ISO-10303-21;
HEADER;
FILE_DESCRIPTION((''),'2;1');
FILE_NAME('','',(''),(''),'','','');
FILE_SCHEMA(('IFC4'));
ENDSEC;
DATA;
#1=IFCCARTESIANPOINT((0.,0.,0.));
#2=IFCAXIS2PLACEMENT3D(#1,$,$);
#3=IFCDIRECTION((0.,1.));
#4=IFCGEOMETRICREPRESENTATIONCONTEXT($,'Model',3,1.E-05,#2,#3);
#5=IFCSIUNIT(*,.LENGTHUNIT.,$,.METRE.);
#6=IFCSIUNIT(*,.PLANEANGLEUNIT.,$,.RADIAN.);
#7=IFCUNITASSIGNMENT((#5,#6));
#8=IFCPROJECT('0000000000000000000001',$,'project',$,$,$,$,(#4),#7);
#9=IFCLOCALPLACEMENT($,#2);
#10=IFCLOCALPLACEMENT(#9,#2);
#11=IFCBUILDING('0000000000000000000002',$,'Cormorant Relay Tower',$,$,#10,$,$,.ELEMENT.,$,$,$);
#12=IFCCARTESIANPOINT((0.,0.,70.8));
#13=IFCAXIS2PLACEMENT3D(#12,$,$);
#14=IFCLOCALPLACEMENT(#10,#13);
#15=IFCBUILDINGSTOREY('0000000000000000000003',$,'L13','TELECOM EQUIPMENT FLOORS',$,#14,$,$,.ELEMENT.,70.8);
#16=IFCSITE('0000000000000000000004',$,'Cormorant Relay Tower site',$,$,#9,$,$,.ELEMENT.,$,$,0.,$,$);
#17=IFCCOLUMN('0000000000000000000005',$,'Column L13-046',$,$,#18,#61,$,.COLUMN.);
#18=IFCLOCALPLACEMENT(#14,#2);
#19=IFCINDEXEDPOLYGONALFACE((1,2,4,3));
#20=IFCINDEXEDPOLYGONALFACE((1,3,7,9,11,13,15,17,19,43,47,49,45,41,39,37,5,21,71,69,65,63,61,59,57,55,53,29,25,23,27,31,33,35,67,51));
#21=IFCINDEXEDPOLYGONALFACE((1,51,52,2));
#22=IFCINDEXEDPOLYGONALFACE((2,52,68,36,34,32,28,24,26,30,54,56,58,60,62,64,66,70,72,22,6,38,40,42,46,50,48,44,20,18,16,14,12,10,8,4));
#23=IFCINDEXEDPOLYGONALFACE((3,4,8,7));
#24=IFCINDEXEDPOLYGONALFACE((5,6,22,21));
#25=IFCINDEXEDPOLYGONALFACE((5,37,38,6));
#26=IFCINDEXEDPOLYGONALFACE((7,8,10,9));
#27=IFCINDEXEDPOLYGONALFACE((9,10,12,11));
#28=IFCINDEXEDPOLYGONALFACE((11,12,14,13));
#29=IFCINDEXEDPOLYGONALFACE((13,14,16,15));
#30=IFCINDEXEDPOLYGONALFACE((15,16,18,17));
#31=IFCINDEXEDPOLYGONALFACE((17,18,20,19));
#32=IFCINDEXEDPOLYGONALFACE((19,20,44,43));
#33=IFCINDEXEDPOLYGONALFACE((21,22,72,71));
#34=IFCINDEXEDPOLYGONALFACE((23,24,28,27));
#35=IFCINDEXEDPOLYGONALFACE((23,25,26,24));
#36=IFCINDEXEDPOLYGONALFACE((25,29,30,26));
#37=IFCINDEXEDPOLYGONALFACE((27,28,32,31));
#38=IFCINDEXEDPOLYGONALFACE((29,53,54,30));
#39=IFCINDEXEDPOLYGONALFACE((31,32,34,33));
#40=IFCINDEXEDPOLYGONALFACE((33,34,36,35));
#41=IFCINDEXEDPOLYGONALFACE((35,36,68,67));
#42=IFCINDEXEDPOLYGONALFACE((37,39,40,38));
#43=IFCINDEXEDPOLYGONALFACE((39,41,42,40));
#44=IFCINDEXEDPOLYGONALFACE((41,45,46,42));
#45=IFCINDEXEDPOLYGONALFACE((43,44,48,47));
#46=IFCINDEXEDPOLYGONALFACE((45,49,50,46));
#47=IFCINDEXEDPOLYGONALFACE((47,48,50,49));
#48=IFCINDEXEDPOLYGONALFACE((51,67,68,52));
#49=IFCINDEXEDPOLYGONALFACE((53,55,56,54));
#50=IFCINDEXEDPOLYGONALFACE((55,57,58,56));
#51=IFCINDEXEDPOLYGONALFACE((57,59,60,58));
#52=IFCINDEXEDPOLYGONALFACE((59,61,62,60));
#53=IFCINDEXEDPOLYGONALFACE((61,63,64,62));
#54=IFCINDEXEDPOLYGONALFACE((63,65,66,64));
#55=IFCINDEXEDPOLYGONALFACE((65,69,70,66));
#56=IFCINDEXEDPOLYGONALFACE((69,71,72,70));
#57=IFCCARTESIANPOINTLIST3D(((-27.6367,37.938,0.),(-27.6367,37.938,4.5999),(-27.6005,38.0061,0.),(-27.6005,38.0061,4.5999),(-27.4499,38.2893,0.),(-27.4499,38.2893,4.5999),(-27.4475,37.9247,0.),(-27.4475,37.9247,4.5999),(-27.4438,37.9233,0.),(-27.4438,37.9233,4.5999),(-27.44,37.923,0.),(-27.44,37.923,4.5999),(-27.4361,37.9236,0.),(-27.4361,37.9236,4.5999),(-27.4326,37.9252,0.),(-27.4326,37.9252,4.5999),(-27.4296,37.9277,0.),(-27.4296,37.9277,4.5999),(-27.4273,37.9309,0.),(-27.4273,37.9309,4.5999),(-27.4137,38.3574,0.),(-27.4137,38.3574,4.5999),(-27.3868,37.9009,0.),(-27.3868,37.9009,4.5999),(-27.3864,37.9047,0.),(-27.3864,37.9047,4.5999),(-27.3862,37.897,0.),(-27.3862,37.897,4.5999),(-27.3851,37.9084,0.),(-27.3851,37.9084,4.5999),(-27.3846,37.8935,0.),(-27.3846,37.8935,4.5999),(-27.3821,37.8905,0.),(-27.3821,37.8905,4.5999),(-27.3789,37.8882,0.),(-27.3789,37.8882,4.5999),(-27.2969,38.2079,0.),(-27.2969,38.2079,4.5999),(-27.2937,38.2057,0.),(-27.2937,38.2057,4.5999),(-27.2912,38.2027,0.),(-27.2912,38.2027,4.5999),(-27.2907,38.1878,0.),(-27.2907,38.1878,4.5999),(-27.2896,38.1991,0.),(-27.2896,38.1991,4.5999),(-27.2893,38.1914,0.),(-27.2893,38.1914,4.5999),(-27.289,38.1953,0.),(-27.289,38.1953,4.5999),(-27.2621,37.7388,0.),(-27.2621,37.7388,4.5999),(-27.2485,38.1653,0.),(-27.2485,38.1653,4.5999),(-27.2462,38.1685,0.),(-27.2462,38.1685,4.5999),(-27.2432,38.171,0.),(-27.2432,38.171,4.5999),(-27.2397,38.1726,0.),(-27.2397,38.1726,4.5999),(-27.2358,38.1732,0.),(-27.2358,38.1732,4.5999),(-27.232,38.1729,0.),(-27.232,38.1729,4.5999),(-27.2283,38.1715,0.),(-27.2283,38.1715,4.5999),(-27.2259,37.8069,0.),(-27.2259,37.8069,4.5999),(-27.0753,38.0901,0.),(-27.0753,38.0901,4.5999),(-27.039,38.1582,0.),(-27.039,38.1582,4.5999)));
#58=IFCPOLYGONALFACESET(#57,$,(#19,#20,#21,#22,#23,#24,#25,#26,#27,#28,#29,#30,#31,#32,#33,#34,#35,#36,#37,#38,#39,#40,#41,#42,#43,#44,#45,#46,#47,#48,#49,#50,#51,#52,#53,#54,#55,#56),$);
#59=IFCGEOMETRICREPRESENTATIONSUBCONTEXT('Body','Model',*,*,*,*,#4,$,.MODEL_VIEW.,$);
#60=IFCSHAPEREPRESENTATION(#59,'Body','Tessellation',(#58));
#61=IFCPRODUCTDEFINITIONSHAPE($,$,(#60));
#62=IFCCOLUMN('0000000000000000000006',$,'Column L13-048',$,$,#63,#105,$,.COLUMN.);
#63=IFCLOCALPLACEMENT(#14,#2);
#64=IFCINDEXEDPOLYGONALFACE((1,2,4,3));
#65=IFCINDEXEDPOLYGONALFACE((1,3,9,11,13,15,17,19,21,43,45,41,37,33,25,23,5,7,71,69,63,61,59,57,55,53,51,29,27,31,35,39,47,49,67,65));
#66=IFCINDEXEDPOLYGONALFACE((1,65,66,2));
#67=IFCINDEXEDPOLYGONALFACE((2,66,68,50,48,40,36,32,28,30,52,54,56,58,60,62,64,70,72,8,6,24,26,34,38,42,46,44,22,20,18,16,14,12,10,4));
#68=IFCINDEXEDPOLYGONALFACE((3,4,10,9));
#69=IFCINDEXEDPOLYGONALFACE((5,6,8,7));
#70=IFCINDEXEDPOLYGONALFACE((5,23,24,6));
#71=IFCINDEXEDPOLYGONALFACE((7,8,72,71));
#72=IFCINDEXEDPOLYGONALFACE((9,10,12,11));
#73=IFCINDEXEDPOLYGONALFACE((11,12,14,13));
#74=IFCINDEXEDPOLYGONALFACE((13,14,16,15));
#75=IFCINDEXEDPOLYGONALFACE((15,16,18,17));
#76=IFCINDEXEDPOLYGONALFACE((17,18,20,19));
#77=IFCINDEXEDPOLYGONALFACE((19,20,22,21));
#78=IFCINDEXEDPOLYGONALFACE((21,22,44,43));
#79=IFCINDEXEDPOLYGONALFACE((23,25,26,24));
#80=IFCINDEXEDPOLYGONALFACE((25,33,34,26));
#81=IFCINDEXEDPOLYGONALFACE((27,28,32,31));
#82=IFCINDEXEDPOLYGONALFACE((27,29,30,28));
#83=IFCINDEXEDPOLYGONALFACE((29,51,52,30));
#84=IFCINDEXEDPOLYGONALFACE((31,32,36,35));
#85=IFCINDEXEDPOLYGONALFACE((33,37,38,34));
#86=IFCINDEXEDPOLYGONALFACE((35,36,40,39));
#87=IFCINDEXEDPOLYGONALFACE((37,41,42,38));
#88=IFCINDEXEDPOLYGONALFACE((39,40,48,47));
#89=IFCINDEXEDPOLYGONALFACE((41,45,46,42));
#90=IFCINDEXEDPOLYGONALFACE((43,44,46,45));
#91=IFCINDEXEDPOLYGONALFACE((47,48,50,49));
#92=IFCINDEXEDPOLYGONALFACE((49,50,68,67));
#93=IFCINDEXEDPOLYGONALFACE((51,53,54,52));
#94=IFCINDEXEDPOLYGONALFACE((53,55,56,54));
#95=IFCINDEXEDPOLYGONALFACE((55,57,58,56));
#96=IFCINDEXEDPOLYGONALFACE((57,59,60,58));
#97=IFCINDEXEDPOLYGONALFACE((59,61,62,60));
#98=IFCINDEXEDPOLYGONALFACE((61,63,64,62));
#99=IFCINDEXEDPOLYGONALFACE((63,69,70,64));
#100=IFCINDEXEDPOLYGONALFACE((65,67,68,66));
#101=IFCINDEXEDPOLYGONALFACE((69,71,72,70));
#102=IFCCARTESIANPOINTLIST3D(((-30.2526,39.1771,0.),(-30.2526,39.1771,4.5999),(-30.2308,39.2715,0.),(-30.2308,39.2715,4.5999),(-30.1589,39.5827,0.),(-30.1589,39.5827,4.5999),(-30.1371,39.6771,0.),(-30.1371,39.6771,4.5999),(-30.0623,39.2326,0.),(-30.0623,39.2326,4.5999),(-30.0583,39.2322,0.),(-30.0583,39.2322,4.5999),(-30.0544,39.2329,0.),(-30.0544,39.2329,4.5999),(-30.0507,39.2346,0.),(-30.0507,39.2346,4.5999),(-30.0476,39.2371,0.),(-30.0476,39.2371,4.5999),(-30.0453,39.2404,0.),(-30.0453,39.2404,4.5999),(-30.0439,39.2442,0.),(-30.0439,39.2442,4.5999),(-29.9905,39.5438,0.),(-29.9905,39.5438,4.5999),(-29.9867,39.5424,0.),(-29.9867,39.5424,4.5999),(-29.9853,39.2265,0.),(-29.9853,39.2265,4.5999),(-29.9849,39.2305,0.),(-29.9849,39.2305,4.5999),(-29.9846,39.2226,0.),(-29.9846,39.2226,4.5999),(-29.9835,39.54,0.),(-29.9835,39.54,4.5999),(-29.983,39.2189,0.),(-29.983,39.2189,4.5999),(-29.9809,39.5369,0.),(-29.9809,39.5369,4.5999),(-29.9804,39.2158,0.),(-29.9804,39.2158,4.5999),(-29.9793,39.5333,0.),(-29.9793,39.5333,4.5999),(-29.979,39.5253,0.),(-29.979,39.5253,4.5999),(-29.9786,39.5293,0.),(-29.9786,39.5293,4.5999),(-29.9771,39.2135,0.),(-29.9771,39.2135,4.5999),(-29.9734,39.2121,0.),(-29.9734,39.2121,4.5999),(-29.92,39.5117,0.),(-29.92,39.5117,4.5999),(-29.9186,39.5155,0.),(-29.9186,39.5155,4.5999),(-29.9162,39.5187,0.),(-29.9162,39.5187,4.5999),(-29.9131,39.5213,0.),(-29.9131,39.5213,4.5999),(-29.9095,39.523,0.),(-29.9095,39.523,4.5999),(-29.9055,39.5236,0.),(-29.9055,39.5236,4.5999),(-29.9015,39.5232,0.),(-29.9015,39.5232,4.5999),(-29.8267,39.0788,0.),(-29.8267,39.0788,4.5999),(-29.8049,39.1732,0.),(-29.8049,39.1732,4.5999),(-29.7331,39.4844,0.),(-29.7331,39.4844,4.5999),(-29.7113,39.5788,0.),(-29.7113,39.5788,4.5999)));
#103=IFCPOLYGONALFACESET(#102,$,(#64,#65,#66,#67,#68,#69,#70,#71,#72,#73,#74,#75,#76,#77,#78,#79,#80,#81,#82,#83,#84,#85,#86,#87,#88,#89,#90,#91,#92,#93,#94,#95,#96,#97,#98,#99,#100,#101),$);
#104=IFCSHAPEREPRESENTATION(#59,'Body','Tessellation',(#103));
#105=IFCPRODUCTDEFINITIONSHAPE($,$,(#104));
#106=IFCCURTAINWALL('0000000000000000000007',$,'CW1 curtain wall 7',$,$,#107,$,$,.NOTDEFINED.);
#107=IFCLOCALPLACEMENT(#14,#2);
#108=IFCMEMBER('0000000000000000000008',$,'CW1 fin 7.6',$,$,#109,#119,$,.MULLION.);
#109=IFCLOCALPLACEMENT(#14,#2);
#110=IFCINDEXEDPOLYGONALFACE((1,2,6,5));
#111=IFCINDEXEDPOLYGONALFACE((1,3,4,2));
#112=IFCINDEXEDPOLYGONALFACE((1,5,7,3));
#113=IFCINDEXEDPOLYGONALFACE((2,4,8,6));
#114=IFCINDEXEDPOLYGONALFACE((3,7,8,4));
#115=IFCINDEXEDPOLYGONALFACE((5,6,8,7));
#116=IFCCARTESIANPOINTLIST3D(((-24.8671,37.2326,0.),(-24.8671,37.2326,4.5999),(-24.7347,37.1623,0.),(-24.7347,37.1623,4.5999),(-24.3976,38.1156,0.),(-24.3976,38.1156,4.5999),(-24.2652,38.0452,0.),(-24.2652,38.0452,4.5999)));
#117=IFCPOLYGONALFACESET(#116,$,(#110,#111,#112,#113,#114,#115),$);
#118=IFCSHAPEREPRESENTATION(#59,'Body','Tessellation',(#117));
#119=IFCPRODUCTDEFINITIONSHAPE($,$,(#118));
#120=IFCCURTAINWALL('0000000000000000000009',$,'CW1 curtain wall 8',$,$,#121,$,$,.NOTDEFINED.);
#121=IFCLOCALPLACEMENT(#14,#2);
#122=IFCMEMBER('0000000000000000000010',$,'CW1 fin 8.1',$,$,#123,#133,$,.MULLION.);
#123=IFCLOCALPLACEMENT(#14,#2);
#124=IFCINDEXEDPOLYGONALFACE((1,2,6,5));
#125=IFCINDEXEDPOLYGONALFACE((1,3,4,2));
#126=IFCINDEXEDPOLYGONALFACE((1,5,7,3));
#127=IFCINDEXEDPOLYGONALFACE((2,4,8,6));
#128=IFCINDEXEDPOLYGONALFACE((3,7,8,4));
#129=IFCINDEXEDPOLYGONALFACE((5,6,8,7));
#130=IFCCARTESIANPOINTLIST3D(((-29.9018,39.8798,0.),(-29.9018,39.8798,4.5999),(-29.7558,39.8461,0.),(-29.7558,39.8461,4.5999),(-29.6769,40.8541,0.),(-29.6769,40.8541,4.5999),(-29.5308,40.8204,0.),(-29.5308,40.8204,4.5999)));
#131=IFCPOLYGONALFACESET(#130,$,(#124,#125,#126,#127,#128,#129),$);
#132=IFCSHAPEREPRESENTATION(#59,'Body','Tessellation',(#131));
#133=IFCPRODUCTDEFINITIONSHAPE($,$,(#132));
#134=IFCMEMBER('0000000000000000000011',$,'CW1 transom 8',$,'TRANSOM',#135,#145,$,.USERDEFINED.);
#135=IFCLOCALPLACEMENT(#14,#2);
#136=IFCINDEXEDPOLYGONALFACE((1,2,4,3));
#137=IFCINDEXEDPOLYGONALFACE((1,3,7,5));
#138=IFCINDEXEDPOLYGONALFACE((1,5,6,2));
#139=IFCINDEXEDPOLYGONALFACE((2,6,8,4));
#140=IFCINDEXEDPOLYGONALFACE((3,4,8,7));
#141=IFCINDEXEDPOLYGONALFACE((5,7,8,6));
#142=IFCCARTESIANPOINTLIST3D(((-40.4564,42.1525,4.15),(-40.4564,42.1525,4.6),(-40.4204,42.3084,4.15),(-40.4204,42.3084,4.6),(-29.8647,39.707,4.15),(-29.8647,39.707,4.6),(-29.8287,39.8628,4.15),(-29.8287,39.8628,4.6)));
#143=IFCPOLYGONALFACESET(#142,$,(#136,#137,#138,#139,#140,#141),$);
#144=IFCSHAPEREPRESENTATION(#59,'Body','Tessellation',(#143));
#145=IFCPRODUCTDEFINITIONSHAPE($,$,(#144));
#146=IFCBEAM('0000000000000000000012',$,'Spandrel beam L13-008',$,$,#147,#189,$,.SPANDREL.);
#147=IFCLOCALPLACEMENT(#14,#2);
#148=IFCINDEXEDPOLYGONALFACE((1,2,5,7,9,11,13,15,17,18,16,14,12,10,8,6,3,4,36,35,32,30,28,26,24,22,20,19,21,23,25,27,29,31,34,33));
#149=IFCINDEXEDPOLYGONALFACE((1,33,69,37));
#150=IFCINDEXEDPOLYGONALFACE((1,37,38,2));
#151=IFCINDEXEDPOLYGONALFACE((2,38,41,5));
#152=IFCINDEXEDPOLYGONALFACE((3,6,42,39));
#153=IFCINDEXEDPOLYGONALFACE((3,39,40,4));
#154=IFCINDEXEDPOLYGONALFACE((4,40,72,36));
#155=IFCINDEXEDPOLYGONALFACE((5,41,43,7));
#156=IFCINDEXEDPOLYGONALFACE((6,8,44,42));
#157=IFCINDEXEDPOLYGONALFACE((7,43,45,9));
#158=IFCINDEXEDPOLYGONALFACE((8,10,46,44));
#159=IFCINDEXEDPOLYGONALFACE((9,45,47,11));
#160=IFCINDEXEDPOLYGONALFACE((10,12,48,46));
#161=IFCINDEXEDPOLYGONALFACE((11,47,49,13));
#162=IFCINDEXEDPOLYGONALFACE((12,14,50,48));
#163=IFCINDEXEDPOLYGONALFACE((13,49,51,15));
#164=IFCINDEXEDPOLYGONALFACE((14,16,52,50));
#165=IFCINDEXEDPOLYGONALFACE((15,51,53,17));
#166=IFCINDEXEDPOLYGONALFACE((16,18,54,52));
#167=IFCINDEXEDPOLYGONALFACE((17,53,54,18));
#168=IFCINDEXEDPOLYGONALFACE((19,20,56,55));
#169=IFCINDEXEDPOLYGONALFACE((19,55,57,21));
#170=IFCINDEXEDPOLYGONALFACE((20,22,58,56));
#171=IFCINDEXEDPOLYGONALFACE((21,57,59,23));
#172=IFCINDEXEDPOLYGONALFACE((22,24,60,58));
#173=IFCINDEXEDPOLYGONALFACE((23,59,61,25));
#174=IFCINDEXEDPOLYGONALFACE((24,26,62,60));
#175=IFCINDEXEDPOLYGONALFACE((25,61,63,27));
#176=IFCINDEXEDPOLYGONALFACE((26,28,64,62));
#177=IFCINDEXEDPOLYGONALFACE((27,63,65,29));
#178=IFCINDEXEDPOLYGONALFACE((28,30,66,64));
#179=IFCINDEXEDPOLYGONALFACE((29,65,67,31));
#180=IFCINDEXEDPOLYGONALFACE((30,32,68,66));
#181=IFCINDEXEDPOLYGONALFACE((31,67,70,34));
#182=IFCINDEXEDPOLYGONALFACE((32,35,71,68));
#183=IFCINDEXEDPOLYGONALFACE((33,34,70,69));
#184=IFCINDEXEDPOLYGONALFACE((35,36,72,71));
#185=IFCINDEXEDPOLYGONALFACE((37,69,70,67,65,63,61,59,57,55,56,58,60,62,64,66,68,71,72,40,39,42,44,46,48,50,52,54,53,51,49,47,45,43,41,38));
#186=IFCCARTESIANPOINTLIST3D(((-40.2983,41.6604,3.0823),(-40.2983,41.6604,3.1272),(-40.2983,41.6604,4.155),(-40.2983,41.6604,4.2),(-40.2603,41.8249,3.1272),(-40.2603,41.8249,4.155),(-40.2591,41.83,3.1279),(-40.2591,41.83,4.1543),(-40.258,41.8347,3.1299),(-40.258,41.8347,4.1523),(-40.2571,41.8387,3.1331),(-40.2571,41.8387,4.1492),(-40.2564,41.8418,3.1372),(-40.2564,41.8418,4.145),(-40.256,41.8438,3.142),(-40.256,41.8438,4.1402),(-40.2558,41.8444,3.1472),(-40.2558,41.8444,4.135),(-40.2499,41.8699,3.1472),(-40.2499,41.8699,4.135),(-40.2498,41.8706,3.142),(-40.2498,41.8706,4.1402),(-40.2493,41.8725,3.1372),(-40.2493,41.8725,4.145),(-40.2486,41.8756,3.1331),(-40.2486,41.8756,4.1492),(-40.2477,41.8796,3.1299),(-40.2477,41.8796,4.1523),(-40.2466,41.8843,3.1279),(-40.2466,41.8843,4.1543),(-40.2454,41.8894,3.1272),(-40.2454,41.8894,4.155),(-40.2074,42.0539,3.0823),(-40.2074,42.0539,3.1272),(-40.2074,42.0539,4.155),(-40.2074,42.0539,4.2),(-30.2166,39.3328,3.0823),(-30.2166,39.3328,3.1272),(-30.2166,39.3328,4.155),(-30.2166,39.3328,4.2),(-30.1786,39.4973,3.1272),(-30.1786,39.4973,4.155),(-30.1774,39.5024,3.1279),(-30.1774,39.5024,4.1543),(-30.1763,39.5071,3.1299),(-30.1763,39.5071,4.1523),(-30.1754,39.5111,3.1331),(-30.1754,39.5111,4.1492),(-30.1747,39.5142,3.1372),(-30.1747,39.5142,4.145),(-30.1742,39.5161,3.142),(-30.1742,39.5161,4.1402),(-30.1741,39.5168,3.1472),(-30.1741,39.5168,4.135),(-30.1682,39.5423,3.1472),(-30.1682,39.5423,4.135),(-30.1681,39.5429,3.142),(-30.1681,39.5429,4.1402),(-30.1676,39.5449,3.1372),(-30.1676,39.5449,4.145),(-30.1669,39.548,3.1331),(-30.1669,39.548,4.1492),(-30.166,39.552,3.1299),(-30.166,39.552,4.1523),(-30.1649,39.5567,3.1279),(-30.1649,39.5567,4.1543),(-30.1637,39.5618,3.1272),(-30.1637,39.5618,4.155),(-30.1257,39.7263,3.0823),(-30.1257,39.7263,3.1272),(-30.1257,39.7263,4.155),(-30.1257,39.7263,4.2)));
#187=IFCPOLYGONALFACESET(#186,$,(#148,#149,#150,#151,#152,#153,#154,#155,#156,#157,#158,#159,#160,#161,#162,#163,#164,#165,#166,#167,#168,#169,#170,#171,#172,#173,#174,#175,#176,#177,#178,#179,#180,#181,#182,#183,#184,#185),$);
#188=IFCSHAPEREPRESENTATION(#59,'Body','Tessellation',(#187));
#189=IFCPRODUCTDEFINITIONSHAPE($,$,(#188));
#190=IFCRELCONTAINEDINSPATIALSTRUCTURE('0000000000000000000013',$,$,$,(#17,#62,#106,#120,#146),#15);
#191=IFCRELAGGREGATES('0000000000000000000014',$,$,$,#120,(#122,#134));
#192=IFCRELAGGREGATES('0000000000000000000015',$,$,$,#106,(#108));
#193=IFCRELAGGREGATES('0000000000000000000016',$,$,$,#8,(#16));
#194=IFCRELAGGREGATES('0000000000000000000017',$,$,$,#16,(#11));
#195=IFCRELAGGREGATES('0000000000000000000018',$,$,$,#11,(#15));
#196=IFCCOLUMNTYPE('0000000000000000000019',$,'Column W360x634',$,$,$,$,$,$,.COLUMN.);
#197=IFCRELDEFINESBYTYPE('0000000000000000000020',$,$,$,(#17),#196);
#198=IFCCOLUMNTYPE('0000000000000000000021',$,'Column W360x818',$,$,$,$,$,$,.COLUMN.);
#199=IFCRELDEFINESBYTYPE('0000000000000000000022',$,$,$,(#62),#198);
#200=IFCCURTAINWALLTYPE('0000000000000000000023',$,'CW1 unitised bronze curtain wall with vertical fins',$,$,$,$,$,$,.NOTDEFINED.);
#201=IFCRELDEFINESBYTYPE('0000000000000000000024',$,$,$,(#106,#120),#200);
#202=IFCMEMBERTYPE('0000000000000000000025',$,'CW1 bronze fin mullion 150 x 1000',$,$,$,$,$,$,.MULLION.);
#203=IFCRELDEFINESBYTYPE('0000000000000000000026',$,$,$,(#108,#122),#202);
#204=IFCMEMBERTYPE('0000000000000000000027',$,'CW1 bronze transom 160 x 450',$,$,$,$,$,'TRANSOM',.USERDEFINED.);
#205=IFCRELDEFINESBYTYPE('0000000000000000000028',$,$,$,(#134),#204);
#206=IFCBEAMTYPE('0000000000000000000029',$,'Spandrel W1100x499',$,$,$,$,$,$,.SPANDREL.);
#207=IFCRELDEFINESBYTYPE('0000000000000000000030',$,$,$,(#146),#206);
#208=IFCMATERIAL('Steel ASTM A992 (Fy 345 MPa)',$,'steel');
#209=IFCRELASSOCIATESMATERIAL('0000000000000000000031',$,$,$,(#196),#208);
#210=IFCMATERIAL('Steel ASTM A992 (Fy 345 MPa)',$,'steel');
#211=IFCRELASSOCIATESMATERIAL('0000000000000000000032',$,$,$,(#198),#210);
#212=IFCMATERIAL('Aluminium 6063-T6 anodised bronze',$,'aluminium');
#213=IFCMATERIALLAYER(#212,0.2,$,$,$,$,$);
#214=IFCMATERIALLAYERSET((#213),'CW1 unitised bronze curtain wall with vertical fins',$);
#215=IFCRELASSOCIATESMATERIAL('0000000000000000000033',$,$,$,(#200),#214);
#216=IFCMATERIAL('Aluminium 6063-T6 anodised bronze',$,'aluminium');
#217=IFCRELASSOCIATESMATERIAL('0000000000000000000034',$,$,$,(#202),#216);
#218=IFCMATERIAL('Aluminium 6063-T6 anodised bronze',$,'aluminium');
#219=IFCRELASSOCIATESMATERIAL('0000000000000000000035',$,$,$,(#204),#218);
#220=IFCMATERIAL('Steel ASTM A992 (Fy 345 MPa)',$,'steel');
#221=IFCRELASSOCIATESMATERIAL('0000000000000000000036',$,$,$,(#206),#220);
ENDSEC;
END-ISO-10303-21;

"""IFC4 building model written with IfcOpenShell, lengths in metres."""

from ifc_helpers import new_model, si_unit, direction, frame, origin, origin_2d, place, context, subcontext, project, spatial, rectangle, i_section, extrude, material, layer, layer_set, material_profile, profile_set, type_object, element, aggregate, save


model = new_model("IFC4")

# Units and contexts
model_context = context("Model", 3, precision=1e-05, world=origin(), true_north=direction((0.0, 1.0)))
body_context = subcontext(model_context, "Body", "Model", "MODEL_VIEW")
ifc_project = project(units=[si_unit("LENGTHUNIT", "METRE"), si_unit("PLANEANGLEUNIT", "RADIAN")], contexts=[model_context])

# Site, building, storey
site_placement = place(None, origin())
site = spatial("IfcSite", under=ifc_project, at=site_placement, Name="Cormorant Relay Tower site", CompositionType="ELEMENT", RefElevation=0.0)
building_placement = place(site_placement, origin())
building = spatial("IfcBuilding", under=site, at=building_placement, Name="Cormorant Relay Tower", CompositionType="ELEMENT")
storey_placement = place(building_placement, frame((0.0, 0.0, 70.8)))
storey = spatial("IfcBuildingStorey", under=building, at=storey_placement, Name="L13", Description="TELECOM EQUIPMENT FLOORS", CompositionType="ELEMENT", Elevation=70.8)

# Columns
ifc_material_1 = material(Name="Steel ASTM A992 (Fy 345 MPa)", Category="steel")
ifc_material_profile_1 = material_profile(ifc_material_1, i_section(OverallWidth=0.4243, OverallDepth=0.4751, WebThickness=0.0479, FlangeThickness=0.0771, FilletRadius=0.0149, at=origin_2d()), Name="W360x634")
ifc_profile_set_1 = profile_set([ifc_material_profile_1], Name="Steel ASTM A992 (Fy 345 MPa)")
column_type_1 = type_object("IfcColumnType", Name="Column W360x634", PredefinedType="COLUMN", material=ifc_profile_set_1)
column_1_placement = place(storey_placement, frame((-27.3379, 38.0481, 0.0), z_axis=(0.0, 0.0, 1.0), x_axis=(-0.882948, 0.469472, 0.0)))
element("IfcColumn", 1, at=column_1_placement, inside=storey, type_object=column_type_1, Name="Column L13-046", PredefinedType="COLUMN", context=body_context, shape_type="SweptSolid", body=[
    extrude(i_section(OverallWidth=0.4243, OverallDepth=0.4751, WebThickness=0.0479, FlangeThickness=0.0771, FilletRadius=0.0149, at=origin_2d()), origin(), (0.0, 0.0, 1.0), 4.5999),
])
ifc_material_2 = material(Name="Steel ASTM A992 (Fy 345 MPa)", Category="steel")
ifc_material_profile_2 = material_profile(ifc_material_2, i_section(OverallWidth=0.437, OverallDepth=0.5132, WebThickness=0.0605, FlangeThickness=0.0969, FilletRadius=0.0154, at=origin_2d()), Name="W360x818")
ifc_profile_set_2 = profile_set([ifc_material_profile_2], Name="Steel ASTM A992 (Fy 345 MPa)")
column_type_2 = type_object("IfcColumnType", Name="Column W360x818", PredefinedType="COLUMN", material=ifc_profile_set_2)
column_2_placement = place(storey_placement, frame((-29.9819, 39.3779, 0.0), z_axis=(0.0, 0.0, 1.0), x_axis=(-0.97437, 0.224951, 0.0)))
element("IfcColumn", 2, at=column_2_placement, inside=storey, type_object=column_type_2, Name="Column L13-048", PredefinedType="COLUMN", context=body_context, shape_type="SweptSolid", body=[
    extrude(i_section(OverallWidth=0.437, OverallDepth=0.5132, WebThickness=0.0605, FlangeThickness=0.0969, FilletRadius=0.0154, at=origin_2d()), origin(), (0.0, 0.0, 1.0), 4.5999),
])

# Curtain wall, member
ifc_material_3 = material(Name="Aluminium 6063-T6 anodised bronze", Category="aluminium")
ifc_layer_1 = layer(ifc_material_3, 0.2)
ifc_layer_set_1 = layer_set([ifc_layer_1], Name="CW1 unitised bronze curtain wall with vertical fins")
curtain_wall_type = type_object("IfcCurtainWallType", Name="CW1 unitised bronze curtain wall with vertical fins", PredefinedType="NOTDEFINED", material=ifc_layer_set_1)
curtain_wall_1_placement = place(storey_placement, origin())
curtain_wall_1 = element("IfcCurtainWall", 3, at=curtain_wall_1_placement, inside=storey, type_object=curtain_wall_type, Name="CW1 curtain wall 7", PredefinedType="NOTDEFINED")
ifc_material_4 = material(Name="Aluminium 6063-T6 anodised bronze", Category="aluminium")
ifc_material_profile_3 = material_profile(ifc_material_4, rectangle(XDim=0.1499, YDim=1.0, at=origin_2d()), Name="AL 150x1000")
ifc_profile_set_3 = profile_set([ifc_material_profile_3], Name="Aluminium 6063-T6 anodised bronze")
member_type_1 = type_object("IfcMemberType", Name="CW1 bronze fin mullion 150 x 1000", PredefinedType="MULLION", material=ifc_profile_set_3)
member_1_placement = place(storey_placement, frame((-24.5662, 37.6389, 0.0), z_axis=(0.0, 0.0, 1.0), x_axis=(-0.882948, 0.469472, 0.0)))
member_1 = element("IfcMember", 4, at=member_1_placement, type_object=member_type_1, Name="CW1 fin 7.6", PredefinedType="MULLION", context=body_context, shape_type="SweptSolid", body=[
    extrude(rectangle(XDim=0.1499, YDim=1.0, at=origin_2d()), origin(), (0.0, 0.0, 1.0), 4.5999),
])

# Curtain wall, members
curtain_wall_2_placement = place(storey_placement, origin())
curtain_wall_2 = element("IfcCurtainWall", 5, at=curtain_wall_2_placement, inside=storey, type_object=curtain_wall_type, Name="CW1 curtain wall 8", PredefinedType="NOTDEFINED")
member_2_placement = place(storey_placement, frame((-29.7163, 40.3501, 0.0), z_axis=(0.0, 0.0, 1.0), x_axis=(-0.97437, 0.224951, 0.0)))
member_2 = element("IfcMember", 6, at=member_2_placement, type_object=member_type_1, Name="CW1 fin 8.1", PredefinedType="MULLION", context=body_context, shape_type="SweptSolid", body=[
    extrude(rectangle(XDim=0.1499, YDim=1.0, at=origin_2d()), origin(), (0.0, 0.0, 1.0), 4.5999),
])
ifc_material_5 = material(Name="Aluminium 6063-T6 anodised bronze", Category="aluminium")
ifc_material_profile_4 = material_profile(ifc_material_5, rectangle(XDim=0.1599, YDim=0.45, at=origin_2d()), Name="AL 160x450")
ifc_profile_set_4 = profile_set([ifc_material_profile_4], Name="Aluminium 6063-T6 anodised bronze")
member_type_2 = type_object("IfcMemberType", Name="CW1 bronze transom 160 x 450", ElementType="TRANSOM", PredefinedType="USERDEFINED", material=ifc_profile_set_4)
member_3_placement = place(storey_placement, frame((-29.8467, 39.7849, 4.375), z_axis=(-0.974365, 0.224973, 0.0), x_axis=(-0.224973, -0.974365, 0.0)))
member_3 = element("IfcMember", 7, at=member_3_placement, type_object=member_type_2, Name="CW1 transom 8", ObjectType="TRANSOM", PredefinedType="USERDEFINED", context=body_context, shape_type="SweptSolid", body=[
    extrude(rectangle(XDim=0.1599, YDim=0.45, at=origin_2d()), origin(), (0.0, 0.0, 1.0), 10.8704),
])
aggregate(curtain_wall_2, [member_2, member_3])

# Beam
ifc_material_6 = material(Name="Steel ASTM A992 (Fy 345 MPa)", Category="steel")
ifc_material_profile_5 = material_profile(ifc_material_6, i_section(OverallWidth=0.4038, OverallDepth=1.1177, WebThickness=0.0261, FlangeThickness=0.0449, FilletRadius=0.02, at=origin_2d()), Name="W1100x499")
ifc_profile_set_5 = profile_set([ifc_material_profile_5], Name="Steel ASTM A992 (Fy 345 MPa)")
beam_type = type_object("IfcBeamType", Name="Spandrel W1100x499", PredefinedType="SPANDREL", material=ifc_profile_set_5)
beam_placement = place(storey_placement, frame((-30.1711, 39.5295, 3.6411), z_axis=(-0.974369, 0.224958, 0.0), x_axis=(-0.224958, -0.974369, 0.0)))
element("IfcBeam", 8, at=beam_placement, inside=storey, type_object=beam_type, Name="Spandrel beam L13-008", PredefinedType="SPANDREL", context=body_context, shape_type="SweptSolid", body=[
    extrude(i_section(OverallWidth=0.4038, OverallDepth=1.1177, WebThickness=0.0261, FlangeThickness=0.0449, FilletRadius=0.02, at=origin_2d()), origin(), (0.0, 0.0, 1.0), 10.3469),
])

aggregate(curtain_wall_1, [member_1])

save(model, "model.ifc")
